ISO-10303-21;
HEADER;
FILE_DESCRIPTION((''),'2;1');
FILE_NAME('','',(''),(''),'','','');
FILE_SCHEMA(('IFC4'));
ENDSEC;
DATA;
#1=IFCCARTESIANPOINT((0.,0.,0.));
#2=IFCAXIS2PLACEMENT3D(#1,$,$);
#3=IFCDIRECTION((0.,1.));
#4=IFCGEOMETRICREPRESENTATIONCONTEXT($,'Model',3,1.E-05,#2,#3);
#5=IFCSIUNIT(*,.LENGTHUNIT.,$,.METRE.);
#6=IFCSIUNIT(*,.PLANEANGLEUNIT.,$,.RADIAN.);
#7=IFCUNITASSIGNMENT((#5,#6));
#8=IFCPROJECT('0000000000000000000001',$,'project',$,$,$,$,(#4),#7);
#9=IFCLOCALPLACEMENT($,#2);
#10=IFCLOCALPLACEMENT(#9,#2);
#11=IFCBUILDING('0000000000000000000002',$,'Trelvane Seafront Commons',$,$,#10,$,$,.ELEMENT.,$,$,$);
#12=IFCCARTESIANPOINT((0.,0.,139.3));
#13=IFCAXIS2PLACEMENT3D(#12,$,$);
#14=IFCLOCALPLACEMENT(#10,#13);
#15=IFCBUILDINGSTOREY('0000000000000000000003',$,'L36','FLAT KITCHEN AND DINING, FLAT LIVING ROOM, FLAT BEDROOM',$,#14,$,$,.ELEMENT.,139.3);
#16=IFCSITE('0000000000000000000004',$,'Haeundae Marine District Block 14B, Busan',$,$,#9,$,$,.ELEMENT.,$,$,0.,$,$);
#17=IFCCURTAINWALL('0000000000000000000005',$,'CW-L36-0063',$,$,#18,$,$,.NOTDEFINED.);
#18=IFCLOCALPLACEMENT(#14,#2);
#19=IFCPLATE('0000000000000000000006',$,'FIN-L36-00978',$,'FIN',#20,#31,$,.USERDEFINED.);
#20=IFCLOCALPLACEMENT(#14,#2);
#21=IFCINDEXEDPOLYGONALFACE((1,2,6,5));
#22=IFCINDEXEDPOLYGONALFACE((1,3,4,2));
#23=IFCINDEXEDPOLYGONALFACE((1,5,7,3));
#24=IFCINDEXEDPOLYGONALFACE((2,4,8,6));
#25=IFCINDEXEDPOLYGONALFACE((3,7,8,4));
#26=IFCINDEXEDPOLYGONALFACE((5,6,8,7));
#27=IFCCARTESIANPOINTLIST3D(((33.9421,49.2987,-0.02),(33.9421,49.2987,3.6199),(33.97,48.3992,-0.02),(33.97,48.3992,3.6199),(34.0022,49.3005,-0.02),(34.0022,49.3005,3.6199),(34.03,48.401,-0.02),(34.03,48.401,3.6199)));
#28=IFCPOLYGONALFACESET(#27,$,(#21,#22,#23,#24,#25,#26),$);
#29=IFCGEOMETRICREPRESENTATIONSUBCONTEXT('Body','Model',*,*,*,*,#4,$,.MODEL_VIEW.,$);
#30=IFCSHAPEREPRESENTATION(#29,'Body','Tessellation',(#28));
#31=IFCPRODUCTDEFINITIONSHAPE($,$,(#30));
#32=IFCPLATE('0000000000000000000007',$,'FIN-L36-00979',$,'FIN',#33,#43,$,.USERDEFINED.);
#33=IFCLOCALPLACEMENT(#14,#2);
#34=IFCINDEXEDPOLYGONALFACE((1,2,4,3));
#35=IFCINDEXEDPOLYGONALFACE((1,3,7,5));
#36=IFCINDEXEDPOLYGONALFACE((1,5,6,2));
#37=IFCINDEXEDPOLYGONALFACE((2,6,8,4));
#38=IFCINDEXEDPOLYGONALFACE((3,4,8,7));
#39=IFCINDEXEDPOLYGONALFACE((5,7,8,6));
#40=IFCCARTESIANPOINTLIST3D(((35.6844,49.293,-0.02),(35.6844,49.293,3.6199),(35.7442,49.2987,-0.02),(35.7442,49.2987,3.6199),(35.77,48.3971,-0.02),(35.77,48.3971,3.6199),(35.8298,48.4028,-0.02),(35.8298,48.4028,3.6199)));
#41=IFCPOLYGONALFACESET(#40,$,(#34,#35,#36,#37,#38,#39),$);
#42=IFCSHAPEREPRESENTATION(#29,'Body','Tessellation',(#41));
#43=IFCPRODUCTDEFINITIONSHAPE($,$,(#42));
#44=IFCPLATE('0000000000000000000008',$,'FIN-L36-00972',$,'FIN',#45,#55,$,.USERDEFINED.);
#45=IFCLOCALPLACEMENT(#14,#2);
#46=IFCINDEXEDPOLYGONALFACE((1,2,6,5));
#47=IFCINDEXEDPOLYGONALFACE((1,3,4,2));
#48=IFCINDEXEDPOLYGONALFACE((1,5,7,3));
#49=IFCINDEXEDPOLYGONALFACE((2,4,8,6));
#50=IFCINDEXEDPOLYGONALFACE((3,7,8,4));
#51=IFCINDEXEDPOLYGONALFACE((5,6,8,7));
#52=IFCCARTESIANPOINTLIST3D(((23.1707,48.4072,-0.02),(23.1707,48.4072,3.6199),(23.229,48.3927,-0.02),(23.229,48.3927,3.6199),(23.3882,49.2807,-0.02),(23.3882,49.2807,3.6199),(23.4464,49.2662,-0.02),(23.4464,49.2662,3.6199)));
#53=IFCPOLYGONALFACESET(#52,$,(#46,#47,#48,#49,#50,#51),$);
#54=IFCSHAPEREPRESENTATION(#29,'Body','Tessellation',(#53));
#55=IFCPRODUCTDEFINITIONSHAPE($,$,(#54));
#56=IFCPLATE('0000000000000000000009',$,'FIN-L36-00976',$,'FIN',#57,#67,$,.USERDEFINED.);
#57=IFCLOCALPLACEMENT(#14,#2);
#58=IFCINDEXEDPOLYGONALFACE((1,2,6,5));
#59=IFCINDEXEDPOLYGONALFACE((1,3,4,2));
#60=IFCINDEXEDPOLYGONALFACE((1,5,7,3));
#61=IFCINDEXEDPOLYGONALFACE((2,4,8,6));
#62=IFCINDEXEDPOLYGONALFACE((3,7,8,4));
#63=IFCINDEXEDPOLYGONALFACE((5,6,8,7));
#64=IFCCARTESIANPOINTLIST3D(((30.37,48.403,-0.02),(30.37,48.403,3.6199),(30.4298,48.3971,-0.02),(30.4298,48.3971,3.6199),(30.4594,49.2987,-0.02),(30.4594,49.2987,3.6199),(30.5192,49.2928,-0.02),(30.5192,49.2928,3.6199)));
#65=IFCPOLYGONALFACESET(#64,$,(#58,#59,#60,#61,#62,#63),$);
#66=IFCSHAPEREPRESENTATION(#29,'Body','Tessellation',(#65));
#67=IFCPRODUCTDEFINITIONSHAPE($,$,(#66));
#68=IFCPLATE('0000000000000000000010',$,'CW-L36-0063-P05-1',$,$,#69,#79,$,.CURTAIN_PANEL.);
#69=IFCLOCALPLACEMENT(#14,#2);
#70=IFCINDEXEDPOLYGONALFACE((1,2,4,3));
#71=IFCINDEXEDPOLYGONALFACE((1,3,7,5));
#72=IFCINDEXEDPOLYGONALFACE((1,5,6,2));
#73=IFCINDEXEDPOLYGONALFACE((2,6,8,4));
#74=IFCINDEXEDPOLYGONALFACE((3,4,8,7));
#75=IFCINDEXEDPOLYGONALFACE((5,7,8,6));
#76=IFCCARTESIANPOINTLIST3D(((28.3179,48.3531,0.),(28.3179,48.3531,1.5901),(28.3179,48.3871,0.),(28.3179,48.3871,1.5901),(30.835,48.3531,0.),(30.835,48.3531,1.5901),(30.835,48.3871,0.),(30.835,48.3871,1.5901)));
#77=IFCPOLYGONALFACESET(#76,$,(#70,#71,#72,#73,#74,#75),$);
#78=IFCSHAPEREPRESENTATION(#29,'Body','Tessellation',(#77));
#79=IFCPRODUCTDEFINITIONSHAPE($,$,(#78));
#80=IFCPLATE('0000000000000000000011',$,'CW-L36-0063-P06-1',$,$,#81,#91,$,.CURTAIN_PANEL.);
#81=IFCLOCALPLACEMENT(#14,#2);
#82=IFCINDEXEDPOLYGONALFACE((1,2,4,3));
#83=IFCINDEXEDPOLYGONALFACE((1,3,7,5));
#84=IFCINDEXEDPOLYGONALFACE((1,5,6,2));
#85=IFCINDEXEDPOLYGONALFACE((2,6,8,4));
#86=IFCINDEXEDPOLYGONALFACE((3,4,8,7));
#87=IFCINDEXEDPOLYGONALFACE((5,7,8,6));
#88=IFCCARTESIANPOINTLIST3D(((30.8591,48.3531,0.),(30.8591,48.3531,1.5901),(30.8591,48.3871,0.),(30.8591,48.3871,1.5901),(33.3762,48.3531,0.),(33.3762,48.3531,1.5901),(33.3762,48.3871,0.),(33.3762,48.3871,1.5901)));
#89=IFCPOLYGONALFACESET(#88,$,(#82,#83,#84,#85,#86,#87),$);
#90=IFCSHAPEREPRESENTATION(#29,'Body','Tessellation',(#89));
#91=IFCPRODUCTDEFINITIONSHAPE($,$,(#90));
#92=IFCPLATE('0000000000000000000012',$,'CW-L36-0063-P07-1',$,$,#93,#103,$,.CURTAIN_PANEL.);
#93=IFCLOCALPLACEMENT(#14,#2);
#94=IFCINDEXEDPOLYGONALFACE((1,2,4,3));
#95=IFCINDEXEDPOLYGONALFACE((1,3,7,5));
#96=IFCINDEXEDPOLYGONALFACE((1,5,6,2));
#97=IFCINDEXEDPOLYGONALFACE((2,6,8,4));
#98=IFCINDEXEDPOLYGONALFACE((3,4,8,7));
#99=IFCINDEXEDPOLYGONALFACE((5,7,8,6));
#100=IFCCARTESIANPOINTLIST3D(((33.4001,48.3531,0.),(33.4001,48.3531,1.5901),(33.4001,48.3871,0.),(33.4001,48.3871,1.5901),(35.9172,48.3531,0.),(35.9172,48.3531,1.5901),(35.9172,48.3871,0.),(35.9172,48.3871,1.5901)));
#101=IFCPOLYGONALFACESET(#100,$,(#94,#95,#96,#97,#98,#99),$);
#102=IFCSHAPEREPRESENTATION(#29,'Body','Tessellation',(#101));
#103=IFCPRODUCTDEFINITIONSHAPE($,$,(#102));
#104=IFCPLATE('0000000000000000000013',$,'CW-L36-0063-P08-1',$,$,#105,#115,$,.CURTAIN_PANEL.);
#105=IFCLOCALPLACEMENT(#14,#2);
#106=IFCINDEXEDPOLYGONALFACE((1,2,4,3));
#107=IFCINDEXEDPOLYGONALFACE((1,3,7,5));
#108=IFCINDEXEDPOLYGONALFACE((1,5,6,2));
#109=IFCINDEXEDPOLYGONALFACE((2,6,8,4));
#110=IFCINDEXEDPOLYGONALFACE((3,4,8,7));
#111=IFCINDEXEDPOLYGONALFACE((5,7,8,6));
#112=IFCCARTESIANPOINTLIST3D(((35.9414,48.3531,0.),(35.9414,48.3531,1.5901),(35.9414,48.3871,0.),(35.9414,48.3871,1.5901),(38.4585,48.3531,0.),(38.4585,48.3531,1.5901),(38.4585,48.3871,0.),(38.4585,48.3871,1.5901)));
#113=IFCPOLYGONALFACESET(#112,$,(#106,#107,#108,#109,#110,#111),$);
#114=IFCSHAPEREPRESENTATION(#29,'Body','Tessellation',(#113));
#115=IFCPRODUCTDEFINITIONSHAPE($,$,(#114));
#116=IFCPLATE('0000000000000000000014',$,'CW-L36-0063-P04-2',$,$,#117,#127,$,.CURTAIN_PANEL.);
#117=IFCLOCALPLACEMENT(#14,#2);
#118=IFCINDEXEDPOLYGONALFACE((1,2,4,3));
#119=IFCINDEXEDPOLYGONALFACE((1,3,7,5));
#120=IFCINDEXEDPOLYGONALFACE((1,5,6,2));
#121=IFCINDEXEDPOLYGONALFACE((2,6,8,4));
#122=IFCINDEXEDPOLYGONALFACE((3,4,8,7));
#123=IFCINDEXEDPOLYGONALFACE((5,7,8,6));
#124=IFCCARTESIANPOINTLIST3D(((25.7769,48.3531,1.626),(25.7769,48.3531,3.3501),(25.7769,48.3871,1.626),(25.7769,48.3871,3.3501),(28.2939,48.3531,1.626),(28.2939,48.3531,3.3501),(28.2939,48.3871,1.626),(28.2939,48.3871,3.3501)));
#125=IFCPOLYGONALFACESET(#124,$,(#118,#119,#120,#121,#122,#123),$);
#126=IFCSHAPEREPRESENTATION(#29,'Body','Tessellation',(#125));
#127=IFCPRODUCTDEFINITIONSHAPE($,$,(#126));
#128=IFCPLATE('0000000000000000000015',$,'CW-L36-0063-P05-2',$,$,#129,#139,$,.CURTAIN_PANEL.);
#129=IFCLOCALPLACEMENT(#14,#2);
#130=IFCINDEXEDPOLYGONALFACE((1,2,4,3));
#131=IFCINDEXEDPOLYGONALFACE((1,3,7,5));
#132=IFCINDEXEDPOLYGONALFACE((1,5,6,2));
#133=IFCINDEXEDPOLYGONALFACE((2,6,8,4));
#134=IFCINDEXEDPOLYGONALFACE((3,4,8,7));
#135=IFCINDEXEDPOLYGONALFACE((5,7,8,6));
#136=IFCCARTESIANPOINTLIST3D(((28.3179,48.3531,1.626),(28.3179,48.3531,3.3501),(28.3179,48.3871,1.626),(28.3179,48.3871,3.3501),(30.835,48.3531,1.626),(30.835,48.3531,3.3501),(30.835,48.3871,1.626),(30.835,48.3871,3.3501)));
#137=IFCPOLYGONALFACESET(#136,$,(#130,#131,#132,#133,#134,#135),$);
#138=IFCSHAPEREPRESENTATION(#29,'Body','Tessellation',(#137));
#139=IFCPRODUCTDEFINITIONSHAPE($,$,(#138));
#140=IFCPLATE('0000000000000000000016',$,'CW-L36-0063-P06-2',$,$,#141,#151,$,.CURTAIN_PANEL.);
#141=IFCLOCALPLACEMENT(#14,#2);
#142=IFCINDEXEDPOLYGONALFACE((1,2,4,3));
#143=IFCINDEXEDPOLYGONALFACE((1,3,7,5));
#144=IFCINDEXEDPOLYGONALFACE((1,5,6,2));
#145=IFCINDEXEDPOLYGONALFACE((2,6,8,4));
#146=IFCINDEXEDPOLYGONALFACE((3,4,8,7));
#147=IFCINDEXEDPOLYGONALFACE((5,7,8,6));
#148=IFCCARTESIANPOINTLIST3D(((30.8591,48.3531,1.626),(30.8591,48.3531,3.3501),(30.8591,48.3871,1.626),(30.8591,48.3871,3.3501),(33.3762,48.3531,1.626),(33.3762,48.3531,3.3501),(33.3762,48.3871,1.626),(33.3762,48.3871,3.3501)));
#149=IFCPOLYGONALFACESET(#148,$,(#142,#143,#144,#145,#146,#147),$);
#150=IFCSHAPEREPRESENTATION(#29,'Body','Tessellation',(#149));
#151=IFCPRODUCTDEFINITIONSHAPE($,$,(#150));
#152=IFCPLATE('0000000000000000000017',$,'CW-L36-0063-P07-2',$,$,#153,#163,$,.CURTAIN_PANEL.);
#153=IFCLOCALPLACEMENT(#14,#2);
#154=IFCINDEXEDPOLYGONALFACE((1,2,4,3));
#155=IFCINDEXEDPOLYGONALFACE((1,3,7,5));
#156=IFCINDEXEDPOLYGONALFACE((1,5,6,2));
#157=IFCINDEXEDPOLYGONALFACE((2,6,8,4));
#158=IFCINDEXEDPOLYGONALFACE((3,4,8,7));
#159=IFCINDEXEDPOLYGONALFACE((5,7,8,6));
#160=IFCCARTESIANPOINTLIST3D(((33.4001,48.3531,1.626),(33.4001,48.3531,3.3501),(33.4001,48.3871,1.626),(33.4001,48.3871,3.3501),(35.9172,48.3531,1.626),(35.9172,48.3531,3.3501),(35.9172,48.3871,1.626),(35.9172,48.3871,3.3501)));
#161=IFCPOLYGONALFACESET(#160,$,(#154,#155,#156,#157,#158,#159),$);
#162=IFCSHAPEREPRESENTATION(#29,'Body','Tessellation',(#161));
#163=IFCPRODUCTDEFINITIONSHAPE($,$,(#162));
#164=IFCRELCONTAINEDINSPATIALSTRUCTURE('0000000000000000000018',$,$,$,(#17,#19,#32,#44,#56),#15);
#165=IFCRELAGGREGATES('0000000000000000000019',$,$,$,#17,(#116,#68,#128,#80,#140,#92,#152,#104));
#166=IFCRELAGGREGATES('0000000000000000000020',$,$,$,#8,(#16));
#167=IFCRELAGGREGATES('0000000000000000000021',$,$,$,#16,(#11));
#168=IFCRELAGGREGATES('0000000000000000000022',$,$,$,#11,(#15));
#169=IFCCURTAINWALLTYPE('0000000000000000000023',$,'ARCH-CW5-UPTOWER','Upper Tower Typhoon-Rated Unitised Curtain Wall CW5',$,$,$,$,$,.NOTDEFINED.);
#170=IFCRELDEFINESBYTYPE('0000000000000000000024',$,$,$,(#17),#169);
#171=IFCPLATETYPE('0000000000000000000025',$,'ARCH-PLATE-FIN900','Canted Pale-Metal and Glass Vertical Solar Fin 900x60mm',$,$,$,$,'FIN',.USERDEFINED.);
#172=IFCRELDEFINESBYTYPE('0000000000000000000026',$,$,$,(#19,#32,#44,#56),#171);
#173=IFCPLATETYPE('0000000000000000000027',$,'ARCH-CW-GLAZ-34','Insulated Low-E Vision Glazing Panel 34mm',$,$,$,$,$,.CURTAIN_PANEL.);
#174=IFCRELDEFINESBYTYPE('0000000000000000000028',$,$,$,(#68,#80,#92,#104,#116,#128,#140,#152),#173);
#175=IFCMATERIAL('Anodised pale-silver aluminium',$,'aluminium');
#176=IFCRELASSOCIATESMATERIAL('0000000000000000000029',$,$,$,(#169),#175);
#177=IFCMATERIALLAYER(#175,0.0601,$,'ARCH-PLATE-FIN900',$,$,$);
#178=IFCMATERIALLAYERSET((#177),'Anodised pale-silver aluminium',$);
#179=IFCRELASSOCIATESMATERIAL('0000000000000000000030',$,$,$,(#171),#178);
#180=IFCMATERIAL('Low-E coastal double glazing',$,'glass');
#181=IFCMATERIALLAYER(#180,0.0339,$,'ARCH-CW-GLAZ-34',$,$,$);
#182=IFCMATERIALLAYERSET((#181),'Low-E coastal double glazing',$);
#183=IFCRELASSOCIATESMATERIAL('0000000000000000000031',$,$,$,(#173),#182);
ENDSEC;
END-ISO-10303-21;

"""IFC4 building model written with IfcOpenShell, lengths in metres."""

from ifc_helpers import new_model, si_unit, direction, frame, origin, origin_2d, place, context, subcontext, project, spatial, rectangle, extrude, source, transform, mapped, material, layer, layer_set, type_object, element, aggregate, save


model = new_model("IFC4")

# Units and contexts
model_context = context("Model", 3, precision=1e-05, world=origin(), true_north=direction((0.0, 1.0)))
body_context = subcontext(model_context, "Body", "Model", "MODEL_VIEW")
ifc_project = project(units=[si_unit("LENGTHUNIT", "METRE"), si_unit("PLANEANGLEUNIT", "RADIAN")], contexts=[model_context])

# Site, building, storey
site_placement = place(None, origin())
site = spatial("IfcSite", under=ifc_project, at=site_placement, Name="Haeundae Marine District Block 14B, Busan", CompositionType="ELEMENT", RefElevation=0.0)
building_placement = place(site_placement, origin())
building = spatial("IfcBuilding", under=site, at=building_placement, Name="Trelvane Seafront Commons", CompositionType="ELEMENT")
storey_placement = place(building_placement, frame((0.0, 0.0, 139.3)))
storey = spatial("IfcBuildingStorey", under=building, at=storey_placement, Name="L36", Description="FLAT KITCHEN AND DINING, FLAT LIVING ROOM, FLAT BEDROOM", CompositionType="ELEMENT", Elevation=139.3)

# Curtain wall
ifc_material_1 = material(Name="Anodised pale-silver aluminium", Category="aluminium")
curtain_wall_type = type_object("IfcCurtainWallType", Name="ARCH-CW5-UPTOWER", Description="Upper Tower Typhoon-Rated Unitised Curtain Wall CW5", PredefinedType="NOTDEFINED", material=ifc_material_1)
curtain_wall_placement = place(storey_placement, origin())
curtain_wall = element("IfcCurtainWall", 1, at=curtain_wall_placement, inside=storey, type_object=curtain_wall_type, Name="CW-L36-0063", PredefinedType="NOTDEFINED")

# Plates
ifc_layer_1 = layer(ifc_material_1, 0.0601, Name="ARCH-PLATE-FIN900")
ifc_layer_set_1 = layer_set([ifc_layer_1], Name="Anodised pale-silver aluminium")
plate_type_1 = type_object("IfcPlateType", Name="ARCH-PLATE-FIN900", Description="Canted Pale-Metal and Glass Vertical Solar Fin 900x60mm", ElementType="FIN", PredefinedType="USERDEFINED", material=ifc_layer_set_1)
shared_shape_1 = source(origin(), body_context, "Body", "SweptSolid", [
    extrude(rectangle(XDim=0.8999, YDim=0.0601, at=origin_2d()), origin(), (0.0, 0.0, 1.0), 3.6399),
])
for number, where, z_axis, x_axis, name in (
    (2, (33.9861, 48.8499, -0.02), (0.0, 0.0, 1.0), (-0.030999, 0.999519, 0.0), "FIN-L36-00978"),
    (3, (35.7571, 48.8479, -0.02), (0.0, 0.0, 1.0), (-0.095113, 0.995467, 0.0), "FIN-L36-00979"),
):
    element("IfcPlate", number, at=place(storey_placement, frame(where, z_axis=z_axis, x_axis=x_axis)), inside=storey, type_object=plate_type_1, Name=name, ObjectType="FIN", PredefinedType="USERDEFINED", context=body_context, shape_type="MappedRepresentation", body=[
        mapped(shared_shape_1, transform((0.0, 0.0, 0.0), x_axis=(1.0, 0.0, 0.0), y_axis=(0.0, 1.0, 0.0), z_axis=(0.0, 0.0, 1.0), scale=1.0)),
    ])
shared_shape_2 = source(origin(), body_context, "Body", "SweptSolid", [
    extrude(rectangle(XDim=0.9001, YDim=0.0601, at=origin_2d()), origin(), (0.0, 0.0, 1.0), 3.6399),
])
for number, where, z_axis, x_axis, name in (
    (4, (23.3086, 48.8367, -0.02), (0.0, 0.0, 1.0), (0.241543, 0.97039, 0.0), "FIN-L36-00972"),
    (5, (30.4446, 48.8479, -0.02), (0.0, 0.0, 1.0), (0.099328, 0.995055, 0.0), "FIN-L36-00976"),
):
    element("IfcPlate", number, at=place(storey_placement, frame(where, z_axis=z_axis, x_axis=x_axis)), inside=storey, type_object=plate_type_1, Name=name, ObjectType="FIN", PredefinedType="USERDEFINED", context=body_context, shape_type="MappedRepresentation", body=[
        mapped(shared_shape_2, transform((0.0, 0.0, 0.0), x_axis=(1.0, 0.0, 0.0), y_axis=(0.0, 1.0, 0.0), z_axis=(0.0, 0.0, 1.0), scale=1.0)),
    ])

# Plates
ifc_material_2 = material(Name="Low-E coastal double glazing", Category="glass")
ifc_layer_2 = layer(ifc_material_2, 0.0339, Name="ARCH-CW-GLAZ-34")
ifc_layer_set_2 = layer_set([ifc_layer_2], Name="Low-E coastal double glazing")
plate_type_2 = type_object("IfcPlateType", Name="ARCH-CW-GLAZ-34", Description="Insulated Low-E Vision Glazing Panel 34mm", PredefinedType="CURTAIN_PANEL", material=ifc_layer_set_2)
shared_shape_3 = source(origin(), body_context, "Body", "SweptSolid", [
    extrude(rectangle(XDim=2.5171, YDim=0.0339, at=origin_2d()), origin(), (0.0, 0.0, 1.0), 1.5901),
])
plate_1_placement = place(storey_placement, frame((29.5764, 48.3701, 0.0), z_axis=(0.0, 0.0, 1.0), x_axis=(1.0, 0.0, 0.0)))
plate_1 = element("IfcPlate", 6, at=plate_1_placement, type_object=plate_type_2, Name="CW-L36-0063-P05-1", PredefinedType="CURTAIN_PANEL", context=body_context, shape_type="MappedRepresentation", body=[
    mapped(shared_shape_3, transform((0.0, 0.0, 0.0), x_axis=(1.0, 0.0, 0.0), y_axis=(0.0, 1.0, 0.0), z_axis=(0.0, 0.0, 1.0), scale=1.0)),
])
plate_2_placement = place(storey_placement, frame((32.1177, 48.3701, 0.0), z_axis=(0.0, 0.0, 1.0), x_axis=(1.0, 0.0, 0.0)))
plate_2 = element("IfcPlate", 7, at=plate_2_placement, type_object=plate_type_2, Name="CW-L36-0063-P06-1", PredefinedType="CURTAIN_PANEL", context=body_context, shape_type="MappedRepresentation", body=[
    mapped(shared_shape_3, transform((0.0, 0.0, 0.0), x_axis=(1.0, 0.0, 0.0), y_axis=(0.0, 1.0, 0.0), z_axis=(0.0, 0.0, 1.0), scale=1.0)),
])
plate_3_placement = place(storey_placement, frame((34.6587, 48.3701, 0.0), z_axis=(0.0, 0.0, 1.0), x_axis=(1.0, 0.0, 0.0)))
plate_3 = element("IfcPlate", 8, at=plate_3_placement, type_object=plate_type_2, Name="CW-L36-0063-P07-1", PredefinedType="CURTAIN_PANEL", context=body_context, shape_type="MappedRepresentation", body=[
    mapped(shared_shape_3, transform((0.0, 0.0, 0.0), x_axis=(1.0, 0.0, 0.0), y_axis=(0.0, 1.0, 0.0), z_axis=(0.0, 0.0, 1.0), scale=1.0)),
])
plate_4_placement = place(storey_placement, frame((37.2, 48.3701, 0.0), z_axis=(0.0, 0.0, 1.0), x_axis=(1.0, 0.0, 0.0)))
plate_4 = element("IfcPlate", 9, at=plate_4_placement, type_object=plate_type_2, Name="CW-L36-0063-P08-1", PredefinedType="CURTAIN_PANEL", context=body_context, shape_type="MappedRepresentation", body=[
    mapped(shared_shape_3, transform((0.0, 0.0, 0.0), x_axis=(1.0, 0.0, 0.0), y_axis=(0.0, 1.0, 0.0), z_axis=(0.0, 0.0, 1.0), scale=1.0)),
])
shared_shape_4 = source(origin(), body_context, "Body", "SweptSolid", [
    extrude(rectangle(XDim=2.5171, YDim=0.0339, at=origin_2d()), origin(), (0.0, 0.0, 1.0), 1.7241),
])
plate_5_placement = place(storey_placement, frame((27.0354, 48.3701, 1.626), z_axis=(0.0, 0.0, 1.0), x_axis=(1.0, 0.0, 0.0)))
plate_5 = element("IfcPlate", 10, at=plate_5_placement, type_object=plate_type_2, Name="CW-L36-0063-P04-2", PredefinedType="CURTAIN_PANEL", context=body_context, shape_type="MappedRepresentation", body=[
    mapped(shared_shape_4, transform((0.0, 0.0, 0.0), x_axis=(1.0, 0.0, 0.0), y_axis=(0.0, 1.0, 0.0), z_axis=(0.0, 0.0, 1.0), scale=1.0)),
])
plate_6_placement = place(storey_placement, frame((29.5764, 48.3701, 1.626), z_axis=(0.0, 0.0, 1.0), x_axis=(1.0, 0.0, 0.0)))
plate_6 = element("IfcPlate", 11, at=plate_6_placement, type_object=plate_type_2, Name="CW-L36-0063-P05-2", PredefinedType="CURTAIN_PANEL", context=body_context, shape_type="MappedRepresentation", body=[
    mapped(shared_shape_4, transform((0.0, 0.0, 0.0), x_axis=(1.0, 0.0, 0.0), y_axis=(0.0, 1.0, 0.0), z_axis=(0.0, 0.0, 1.0), scale=1.0)),
])
plate_7_placement = place(storey_placement, frame((32.1177, 48.3701, 1.626), z_axis=(0.0, 0.0, 1.0), x_axis=(1.0, 0.0, 0.0)))
plate_7 = element("IfcPlate", 12, at=plate_7_placement, type_object=plate_type_2, Name="CW-L36-0063-P06-2", PredefinedType="CURTAIN_PANEL", context=body_context, shape_type="MappedRepresentation", body=[
    mapped(shared_shape_4, transform((0.0, 0.0, 0.0), x_axis=(1.0, 0.0, 0.0), y_axis=(0.0, 1.0, 0.0), z_axis=(0.0, 0.0, 1.0), scale=1.0)),
])
plate_8_placement = place(storey_placement, frame((34.6587, 48.3701, 1.626), z_axis=(0.0, 0.0, 1.0), x_axis=(1.0, 0.0, 0.0)))
plate_8 = element("IfcPlate", 13, at=plate_8_placement, type_object=plate_type_2, Name="CW-L36-0063-P07-2", PredefinedType="CURTAIN_PANEL", context=body_context, shape_type="MappedRepresentation", body=[
    mapped(shared_shape_4, transform((0.0, 0.0, 0.0), x_axis=(1.0, 0.0, 0.0), y_axis=(0.0, 1.0, 0.0), z_axis=(0.0, 0.0, 1.0), scale=1.0)),
])
aggregate(curtain_wall, [plate_5, plate_1, plate_6, plate_2, plate_7, plate_3, plate_8, plate_4])

save(model, "model.ifc")
